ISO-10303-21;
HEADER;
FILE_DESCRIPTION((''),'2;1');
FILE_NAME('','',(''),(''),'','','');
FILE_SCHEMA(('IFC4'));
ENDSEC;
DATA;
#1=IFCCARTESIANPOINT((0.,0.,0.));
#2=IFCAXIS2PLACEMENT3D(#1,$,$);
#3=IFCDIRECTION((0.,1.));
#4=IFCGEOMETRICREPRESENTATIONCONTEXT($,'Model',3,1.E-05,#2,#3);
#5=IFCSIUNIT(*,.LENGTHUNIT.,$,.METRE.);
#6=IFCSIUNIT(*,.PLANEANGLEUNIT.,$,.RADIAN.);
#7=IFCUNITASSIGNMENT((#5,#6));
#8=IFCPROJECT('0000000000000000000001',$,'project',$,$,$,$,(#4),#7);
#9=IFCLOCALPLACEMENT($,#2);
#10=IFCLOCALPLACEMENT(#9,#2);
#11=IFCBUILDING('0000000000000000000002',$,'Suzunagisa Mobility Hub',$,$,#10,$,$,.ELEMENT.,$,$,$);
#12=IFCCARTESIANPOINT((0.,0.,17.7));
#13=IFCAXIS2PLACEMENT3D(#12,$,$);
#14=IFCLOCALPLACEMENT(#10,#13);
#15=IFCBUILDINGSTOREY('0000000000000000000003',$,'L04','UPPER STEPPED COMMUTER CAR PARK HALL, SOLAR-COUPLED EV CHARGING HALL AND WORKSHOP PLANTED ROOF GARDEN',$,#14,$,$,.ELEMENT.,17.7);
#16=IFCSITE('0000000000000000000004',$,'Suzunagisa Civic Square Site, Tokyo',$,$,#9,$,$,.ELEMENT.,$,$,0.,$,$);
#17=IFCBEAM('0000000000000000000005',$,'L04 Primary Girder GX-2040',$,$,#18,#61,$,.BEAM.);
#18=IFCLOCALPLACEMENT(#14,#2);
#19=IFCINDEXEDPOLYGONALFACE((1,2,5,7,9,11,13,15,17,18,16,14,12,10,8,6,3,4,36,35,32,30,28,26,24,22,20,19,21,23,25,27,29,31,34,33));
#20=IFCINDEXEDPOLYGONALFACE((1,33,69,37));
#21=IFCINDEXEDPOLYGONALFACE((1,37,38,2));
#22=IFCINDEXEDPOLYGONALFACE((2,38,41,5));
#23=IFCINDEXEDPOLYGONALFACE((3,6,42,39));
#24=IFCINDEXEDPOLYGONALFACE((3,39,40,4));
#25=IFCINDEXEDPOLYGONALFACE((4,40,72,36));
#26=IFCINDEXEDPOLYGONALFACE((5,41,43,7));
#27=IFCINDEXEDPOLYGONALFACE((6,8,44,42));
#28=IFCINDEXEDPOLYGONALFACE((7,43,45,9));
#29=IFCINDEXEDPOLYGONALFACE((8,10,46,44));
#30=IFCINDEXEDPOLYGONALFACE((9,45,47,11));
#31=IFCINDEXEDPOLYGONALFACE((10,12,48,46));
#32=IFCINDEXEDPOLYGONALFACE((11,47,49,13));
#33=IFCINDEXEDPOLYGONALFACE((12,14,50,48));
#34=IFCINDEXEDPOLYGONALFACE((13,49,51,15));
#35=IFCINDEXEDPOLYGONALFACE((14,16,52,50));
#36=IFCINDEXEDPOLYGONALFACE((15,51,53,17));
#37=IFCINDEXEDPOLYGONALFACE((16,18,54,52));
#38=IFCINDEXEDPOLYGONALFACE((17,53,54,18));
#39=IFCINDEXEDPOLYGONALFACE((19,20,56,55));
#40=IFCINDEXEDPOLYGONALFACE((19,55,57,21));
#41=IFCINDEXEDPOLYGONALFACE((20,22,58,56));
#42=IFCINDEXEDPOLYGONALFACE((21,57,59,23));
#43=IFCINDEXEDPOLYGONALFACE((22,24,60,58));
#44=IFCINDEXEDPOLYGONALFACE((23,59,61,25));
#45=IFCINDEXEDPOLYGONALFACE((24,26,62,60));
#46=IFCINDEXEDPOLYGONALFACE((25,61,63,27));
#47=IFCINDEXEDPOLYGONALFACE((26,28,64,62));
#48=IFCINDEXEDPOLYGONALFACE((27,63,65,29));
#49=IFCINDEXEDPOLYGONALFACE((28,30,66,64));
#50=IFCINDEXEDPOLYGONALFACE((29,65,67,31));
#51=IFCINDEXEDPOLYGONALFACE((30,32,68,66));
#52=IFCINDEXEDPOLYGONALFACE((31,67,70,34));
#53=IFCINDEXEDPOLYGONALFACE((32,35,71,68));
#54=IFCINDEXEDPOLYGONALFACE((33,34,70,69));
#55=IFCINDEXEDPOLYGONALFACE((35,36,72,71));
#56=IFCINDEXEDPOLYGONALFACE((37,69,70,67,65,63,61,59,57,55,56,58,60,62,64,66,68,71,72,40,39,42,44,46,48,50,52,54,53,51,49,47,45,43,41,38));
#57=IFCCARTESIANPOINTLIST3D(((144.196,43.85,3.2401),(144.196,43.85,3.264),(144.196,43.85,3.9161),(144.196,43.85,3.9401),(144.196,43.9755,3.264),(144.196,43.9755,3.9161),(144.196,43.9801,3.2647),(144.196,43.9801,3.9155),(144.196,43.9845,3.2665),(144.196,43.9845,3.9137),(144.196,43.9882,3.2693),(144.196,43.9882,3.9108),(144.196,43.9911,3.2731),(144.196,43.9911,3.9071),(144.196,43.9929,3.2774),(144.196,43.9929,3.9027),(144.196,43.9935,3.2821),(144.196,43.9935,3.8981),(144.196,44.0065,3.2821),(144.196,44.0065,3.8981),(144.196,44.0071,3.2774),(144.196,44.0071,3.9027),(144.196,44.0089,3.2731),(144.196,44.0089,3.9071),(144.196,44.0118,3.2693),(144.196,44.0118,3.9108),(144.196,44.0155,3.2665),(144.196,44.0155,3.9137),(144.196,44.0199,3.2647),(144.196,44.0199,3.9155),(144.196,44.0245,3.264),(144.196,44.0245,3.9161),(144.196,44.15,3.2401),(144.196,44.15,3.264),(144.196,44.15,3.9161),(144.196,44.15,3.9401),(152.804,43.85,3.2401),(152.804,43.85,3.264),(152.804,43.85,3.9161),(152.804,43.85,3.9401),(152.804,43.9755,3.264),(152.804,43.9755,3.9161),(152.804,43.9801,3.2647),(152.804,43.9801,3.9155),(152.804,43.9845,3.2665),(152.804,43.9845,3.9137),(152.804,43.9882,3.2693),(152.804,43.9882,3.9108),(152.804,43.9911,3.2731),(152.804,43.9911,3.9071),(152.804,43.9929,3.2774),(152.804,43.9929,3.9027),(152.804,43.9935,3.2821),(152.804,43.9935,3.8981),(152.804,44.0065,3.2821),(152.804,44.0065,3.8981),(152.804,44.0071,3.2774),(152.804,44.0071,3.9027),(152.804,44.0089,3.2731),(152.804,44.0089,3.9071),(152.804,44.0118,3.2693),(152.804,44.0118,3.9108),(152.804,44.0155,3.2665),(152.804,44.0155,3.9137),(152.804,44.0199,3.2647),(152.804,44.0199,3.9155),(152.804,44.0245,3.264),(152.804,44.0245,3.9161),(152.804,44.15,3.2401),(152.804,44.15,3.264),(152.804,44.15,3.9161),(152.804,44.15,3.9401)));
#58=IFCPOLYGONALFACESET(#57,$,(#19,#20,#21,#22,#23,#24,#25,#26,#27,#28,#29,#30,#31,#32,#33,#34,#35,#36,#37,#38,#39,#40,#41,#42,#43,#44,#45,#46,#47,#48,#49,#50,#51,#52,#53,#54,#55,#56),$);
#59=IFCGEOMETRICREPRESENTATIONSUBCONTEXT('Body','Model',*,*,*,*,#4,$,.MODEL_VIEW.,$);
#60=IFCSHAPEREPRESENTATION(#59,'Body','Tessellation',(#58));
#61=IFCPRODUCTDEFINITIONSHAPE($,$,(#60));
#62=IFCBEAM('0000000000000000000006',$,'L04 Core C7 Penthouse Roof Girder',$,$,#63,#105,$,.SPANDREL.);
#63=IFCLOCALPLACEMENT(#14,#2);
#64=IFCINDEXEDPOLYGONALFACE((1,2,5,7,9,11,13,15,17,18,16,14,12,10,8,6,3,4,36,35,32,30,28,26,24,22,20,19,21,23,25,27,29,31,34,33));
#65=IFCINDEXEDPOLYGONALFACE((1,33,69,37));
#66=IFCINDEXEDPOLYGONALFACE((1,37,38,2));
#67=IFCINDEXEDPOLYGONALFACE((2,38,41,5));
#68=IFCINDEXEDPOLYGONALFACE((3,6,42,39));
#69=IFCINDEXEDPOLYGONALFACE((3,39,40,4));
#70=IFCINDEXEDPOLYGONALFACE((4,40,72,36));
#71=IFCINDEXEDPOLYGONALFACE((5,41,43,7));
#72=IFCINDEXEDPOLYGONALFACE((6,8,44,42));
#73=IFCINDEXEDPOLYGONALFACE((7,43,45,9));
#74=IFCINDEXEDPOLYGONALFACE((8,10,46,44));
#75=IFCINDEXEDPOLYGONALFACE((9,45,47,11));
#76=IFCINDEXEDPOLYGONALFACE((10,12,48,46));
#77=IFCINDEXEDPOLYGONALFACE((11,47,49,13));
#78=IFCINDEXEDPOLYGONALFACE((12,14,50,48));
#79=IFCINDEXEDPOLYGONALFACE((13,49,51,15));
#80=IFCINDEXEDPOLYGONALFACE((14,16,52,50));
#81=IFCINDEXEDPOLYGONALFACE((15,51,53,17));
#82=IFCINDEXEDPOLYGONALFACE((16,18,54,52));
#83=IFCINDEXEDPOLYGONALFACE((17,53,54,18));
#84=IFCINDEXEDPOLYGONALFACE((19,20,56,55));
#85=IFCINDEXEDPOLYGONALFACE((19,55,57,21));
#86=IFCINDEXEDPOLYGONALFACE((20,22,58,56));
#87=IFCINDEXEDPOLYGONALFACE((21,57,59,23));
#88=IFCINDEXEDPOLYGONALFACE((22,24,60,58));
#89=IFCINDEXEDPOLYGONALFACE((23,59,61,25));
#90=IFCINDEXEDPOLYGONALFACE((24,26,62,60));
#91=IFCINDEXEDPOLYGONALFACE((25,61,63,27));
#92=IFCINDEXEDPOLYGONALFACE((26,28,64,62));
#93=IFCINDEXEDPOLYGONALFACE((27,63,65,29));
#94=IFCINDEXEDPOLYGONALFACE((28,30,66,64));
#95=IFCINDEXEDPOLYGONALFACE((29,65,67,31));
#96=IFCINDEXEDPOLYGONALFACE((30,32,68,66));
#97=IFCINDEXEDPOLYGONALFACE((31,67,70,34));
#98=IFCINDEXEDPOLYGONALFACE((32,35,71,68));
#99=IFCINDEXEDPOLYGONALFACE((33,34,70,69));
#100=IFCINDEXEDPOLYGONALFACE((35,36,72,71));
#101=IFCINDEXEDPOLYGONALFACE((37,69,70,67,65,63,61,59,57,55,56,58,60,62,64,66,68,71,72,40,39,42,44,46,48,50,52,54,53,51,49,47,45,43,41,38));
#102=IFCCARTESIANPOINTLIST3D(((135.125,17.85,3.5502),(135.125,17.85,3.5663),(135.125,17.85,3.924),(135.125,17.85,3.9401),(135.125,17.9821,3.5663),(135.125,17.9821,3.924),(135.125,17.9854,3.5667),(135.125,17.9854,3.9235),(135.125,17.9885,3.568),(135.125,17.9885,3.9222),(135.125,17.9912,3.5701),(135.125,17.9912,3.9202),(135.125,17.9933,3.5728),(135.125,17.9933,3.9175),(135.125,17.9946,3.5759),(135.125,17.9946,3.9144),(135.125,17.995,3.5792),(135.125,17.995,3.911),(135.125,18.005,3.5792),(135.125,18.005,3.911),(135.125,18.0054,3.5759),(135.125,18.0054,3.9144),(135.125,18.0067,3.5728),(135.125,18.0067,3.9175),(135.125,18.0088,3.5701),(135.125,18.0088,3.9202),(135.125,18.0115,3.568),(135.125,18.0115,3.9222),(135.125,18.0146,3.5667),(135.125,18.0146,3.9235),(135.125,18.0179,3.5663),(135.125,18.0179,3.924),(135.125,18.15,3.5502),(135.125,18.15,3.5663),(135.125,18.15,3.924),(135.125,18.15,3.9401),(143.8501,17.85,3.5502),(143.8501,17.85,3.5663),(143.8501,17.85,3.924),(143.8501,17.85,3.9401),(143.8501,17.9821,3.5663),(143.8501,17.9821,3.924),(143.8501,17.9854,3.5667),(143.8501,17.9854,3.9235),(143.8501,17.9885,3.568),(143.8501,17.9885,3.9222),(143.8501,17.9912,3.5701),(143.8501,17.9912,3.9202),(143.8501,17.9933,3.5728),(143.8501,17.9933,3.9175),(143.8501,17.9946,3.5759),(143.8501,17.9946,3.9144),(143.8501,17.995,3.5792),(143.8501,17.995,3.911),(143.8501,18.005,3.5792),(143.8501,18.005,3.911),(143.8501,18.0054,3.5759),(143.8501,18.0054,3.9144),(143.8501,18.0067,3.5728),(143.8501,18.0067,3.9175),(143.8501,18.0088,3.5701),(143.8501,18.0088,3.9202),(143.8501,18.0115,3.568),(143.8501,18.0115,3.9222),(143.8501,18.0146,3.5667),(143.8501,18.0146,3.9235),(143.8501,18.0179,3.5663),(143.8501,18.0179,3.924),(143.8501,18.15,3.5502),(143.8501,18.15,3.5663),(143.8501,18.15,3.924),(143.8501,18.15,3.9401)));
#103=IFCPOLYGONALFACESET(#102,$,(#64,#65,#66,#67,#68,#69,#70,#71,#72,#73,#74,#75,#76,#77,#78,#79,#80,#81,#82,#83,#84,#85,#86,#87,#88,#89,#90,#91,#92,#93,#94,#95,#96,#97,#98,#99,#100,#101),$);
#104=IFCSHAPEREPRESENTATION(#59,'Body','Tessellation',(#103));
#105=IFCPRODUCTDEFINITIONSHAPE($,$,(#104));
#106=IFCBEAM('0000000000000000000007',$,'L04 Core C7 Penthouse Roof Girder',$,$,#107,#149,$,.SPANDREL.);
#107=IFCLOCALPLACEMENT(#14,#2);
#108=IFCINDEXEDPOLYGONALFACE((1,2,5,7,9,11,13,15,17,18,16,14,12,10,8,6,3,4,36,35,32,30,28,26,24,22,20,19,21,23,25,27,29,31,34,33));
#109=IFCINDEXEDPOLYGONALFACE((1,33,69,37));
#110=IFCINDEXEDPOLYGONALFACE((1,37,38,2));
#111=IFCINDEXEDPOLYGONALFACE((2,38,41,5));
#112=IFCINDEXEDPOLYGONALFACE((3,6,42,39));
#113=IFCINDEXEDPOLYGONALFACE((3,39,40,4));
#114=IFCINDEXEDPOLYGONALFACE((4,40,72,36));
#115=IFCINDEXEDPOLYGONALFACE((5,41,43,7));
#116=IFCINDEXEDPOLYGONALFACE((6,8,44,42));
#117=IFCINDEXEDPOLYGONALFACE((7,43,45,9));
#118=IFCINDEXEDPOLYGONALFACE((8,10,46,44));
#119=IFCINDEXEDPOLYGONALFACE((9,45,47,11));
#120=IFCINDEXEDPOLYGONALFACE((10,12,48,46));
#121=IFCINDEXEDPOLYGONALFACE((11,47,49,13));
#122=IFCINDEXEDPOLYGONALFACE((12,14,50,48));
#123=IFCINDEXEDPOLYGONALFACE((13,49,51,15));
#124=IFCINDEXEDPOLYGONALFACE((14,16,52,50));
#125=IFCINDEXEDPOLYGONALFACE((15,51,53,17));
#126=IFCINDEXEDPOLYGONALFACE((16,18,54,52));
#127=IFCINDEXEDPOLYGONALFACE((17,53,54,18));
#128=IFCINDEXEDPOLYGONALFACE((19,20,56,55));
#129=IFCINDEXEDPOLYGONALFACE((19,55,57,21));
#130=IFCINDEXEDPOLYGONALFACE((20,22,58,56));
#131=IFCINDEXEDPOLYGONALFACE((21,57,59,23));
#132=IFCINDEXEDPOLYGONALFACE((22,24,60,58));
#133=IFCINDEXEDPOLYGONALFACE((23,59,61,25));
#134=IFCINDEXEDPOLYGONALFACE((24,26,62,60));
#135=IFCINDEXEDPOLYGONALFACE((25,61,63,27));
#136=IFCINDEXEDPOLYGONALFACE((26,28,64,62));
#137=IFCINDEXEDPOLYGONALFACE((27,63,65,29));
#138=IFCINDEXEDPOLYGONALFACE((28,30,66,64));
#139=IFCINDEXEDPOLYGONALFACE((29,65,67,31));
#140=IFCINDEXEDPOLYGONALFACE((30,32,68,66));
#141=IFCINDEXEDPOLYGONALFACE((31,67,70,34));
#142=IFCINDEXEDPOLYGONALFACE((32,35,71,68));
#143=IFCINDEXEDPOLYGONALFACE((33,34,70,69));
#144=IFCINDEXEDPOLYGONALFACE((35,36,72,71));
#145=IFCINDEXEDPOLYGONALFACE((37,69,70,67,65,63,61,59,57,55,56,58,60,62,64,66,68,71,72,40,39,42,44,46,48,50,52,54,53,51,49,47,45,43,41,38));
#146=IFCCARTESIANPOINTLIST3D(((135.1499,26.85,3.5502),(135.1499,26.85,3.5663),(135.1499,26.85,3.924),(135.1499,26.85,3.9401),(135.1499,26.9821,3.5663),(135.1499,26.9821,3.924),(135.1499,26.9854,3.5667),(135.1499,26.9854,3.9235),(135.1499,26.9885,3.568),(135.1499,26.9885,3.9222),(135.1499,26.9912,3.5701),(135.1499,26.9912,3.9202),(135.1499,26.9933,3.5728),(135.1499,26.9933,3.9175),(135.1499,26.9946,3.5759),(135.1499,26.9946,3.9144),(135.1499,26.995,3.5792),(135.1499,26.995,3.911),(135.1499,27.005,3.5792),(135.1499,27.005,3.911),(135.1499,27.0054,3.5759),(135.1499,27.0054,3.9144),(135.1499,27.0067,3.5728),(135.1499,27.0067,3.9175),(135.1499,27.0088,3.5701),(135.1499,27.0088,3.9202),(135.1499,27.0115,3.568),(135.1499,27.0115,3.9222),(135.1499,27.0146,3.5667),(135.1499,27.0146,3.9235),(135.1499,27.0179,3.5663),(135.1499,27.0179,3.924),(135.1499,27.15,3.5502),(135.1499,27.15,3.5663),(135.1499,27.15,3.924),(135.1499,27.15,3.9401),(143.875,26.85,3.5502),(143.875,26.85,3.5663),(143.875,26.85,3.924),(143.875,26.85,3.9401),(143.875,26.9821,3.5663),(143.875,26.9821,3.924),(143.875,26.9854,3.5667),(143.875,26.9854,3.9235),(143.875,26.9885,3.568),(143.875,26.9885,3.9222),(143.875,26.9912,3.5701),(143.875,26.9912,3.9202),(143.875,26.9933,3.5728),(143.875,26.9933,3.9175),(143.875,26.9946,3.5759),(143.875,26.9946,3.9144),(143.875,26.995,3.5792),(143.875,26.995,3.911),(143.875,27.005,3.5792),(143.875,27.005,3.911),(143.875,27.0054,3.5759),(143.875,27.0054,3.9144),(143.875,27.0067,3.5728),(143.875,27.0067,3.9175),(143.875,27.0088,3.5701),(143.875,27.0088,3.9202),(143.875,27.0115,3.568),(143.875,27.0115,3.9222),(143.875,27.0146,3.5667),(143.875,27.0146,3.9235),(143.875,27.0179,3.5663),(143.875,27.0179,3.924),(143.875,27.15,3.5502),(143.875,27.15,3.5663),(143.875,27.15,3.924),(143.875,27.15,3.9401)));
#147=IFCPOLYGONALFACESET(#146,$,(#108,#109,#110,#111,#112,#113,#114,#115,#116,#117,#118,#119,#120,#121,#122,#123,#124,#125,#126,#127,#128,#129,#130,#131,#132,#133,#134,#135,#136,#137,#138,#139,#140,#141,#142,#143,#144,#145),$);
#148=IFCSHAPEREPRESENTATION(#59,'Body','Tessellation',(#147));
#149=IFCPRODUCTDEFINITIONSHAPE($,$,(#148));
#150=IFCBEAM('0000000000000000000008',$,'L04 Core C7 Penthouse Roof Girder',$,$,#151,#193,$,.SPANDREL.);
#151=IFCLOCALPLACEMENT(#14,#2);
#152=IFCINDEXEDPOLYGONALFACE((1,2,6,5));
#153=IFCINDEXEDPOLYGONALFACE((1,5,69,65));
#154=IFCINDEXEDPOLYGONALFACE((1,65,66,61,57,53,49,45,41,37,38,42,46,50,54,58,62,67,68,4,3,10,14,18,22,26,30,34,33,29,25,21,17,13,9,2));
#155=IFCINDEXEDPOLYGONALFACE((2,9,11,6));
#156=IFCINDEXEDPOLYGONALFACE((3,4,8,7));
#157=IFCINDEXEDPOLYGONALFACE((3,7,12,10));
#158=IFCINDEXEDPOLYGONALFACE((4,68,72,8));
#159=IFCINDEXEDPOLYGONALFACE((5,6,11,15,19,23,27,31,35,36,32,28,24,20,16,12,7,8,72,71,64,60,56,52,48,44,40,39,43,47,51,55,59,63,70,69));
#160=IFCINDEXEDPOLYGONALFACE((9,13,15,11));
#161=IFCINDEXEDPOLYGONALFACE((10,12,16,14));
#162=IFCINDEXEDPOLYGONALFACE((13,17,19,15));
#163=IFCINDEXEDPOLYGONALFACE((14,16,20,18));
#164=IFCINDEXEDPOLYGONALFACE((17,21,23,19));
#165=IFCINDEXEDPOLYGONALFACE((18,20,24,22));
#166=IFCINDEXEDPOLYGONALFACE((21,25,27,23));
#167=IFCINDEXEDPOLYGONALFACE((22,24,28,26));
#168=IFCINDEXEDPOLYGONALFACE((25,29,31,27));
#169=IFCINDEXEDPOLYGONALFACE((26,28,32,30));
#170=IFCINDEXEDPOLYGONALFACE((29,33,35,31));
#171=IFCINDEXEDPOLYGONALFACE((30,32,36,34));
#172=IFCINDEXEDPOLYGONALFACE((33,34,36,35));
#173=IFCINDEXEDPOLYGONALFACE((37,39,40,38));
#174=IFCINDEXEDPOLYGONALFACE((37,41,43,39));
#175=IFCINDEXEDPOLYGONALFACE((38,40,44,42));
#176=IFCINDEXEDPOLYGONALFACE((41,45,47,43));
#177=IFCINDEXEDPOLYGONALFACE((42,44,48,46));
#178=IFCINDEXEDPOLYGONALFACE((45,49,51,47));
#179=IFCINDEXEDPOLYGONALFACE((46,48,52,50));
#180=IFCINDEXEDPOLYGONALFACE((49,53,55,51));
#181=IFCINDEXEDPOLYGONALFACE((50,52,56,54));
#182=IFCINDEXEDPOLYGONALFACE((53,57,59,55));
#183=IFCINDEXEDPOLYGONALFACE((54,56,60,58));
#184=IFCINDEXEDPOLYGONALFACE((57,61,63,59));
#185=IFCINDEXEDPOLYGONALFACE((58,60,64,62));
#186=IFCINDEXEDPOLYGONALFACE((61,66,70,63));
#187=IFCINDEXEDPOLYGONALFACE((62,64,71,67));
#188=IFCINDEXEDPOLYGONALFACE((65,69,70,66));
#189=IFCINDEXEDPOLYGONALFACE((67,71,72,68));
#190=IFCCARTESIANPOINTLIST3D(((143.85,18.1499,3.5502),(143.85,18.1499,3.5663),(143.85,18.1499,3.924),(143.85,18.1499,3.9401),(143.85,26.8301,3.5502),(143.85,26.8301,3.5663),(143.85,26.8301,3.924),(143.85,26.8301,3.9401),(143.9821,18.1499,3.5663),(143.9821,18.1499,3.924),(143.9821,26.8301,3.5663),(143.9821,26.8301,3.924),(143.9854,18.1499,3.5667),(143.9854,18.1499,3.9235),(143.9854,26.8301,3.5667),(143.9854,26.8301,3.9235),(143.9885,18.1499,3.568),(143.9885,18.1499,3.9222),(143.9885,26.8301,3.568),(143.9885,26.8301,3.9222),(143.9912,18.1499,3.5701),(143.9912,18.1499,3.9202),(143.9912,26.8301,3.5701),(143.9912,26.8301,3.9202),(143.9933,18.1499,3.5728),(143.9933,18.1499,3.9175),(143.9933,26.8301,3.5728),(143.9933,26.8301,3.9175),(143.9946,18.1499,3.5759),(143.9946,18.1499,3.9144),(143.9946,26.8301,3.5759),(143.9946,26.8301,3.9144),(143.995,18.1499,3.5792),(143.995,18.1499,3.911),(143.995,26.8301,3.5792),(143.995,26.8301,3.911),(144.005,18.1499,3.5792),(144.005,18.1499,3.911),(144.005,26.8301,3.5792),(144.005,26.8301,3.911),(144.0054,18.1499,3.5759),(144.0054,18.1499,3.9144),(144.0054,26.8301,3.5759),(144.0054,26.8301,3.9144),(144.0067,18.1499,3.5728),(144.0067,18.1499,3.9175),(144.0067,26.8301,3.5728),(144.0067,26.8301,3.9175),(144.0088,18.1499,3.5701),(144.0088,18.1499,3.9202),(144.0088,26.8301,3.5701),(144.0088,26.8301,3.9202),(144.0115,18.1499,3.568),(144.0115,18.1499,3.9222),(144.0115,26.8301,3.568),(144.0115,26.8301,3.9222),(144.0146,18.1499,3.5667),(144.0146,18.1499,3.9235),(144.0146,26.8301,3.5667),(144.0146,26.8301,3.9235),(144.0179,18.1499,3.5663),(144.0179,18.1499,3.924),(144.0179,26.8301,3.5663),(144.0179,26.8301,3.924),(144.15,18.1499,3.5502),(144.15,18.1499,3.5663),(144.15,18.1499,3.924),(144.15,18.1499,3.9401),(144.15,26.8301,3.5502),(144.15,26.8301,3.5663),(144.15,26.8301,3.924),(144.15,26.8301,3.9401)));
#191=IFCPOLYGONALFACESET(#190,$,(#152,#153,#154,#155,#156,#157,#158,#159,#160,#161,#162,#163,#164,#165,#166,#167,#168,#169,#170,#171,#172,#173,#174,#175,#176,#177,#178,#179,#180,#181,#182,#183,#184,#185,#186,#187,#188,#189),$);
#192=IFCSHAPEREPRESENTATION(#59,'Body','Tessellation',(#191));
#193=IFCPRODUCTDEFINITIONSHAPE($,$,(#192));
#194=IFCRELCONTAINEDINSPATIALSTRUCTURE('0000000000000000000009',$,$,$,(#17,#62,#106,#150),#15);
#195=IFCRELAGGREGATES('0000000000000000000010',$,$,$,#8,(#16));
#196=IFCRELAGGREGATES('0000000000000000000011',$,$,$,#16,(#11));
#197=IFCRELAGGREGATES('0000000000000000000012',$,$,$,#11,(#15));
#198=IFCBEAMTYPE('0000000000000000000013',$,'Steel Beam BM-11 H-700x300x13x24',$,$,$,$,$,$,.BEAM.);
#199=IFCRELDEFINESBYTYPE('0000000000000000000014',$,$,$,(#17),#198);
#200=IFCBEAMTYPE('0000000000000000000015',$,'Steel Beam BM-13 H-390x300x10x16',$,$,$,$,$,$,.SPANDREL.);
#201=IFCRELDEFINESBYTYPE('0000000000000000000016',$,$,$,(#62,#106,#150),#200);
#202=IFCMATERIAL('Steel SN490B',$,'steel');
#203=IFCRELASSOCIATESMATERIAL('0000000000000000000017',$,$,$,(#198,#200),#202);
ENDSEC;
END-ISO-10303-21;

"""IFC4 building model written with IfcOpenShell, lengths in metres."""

from ifc_helpers import new_model, si_unit, direction, frame, origin, origin_2d, place, context, subcontext, project, spatial, i_section, extrude, material, material_profile, profile_set, type_object, element, save


model = new_model("IFC4")

# Units and contexts
model_context = context("Model", 3, precision=1e-05, world=origin(), true_north=direction((0.0, 1.0)))
body_context = subcontext(model_context, "Body", "Model", "MODEL_VIEW")
ifc_project = project(units=[si_unit("LENGTHUNIT", "METRE"), si_unit("PLANEANGLEUNIT", "RADIAN")], contexts=[model_context])

# Site, building, storey
site_placement = place(None, origin())
site = spatial("IfcSite", under=ifc_project, at=site_placement, Name="Suzunagisa Civic Square Site, Tokyo", CompositionType="ELEMENT", RefElevation=0.0)
building_placement = place(site_placement, origin())
building = spatial("IfcBuilding", under=site, at=building_placement, Name="Suzunagisa Mobility Hub", CompositionType="ELEMENT")
storey_placement = place(building_placement, frame((0.0, 0.0, 17.7)))
storey = spatial("IfcBuildingStorey", under=building, at=storey_placement, Name="L04", Description="UPPER STEPPED COMMUTER CAR PARK HALL, SOLAR-COUPLED EV CHARGING HALL AND WORKSHOP PLANTED ROOF GARDEN", CompositionType="ELEMENT", Elevation=17.7)

# Shared definitions
ifc_material_1 = material(Name="Steel SN490B", Category="steel")

# Beams
ifc_material_profile_1 = material_profile(ifc_material_1, i_section(OverallWidth=0.3, OverallDepth=0.7, WebThickness=0.0129, FlangeThickness=0.0239, FilletRadius=0.0181, at=origin_2d()), Name="H-700x300x13x24")
ifc_profile_set_1 = profile_set([ifc_material_profile_1], Name="Steel SN490B")
beam_type_1 = type_object("IfcBeamType", Name="Steel Beam BM-11 H-700x300x13x24", PredefinedType="BEAM", material=ifc_profile_set_1)
beam_1_placement = place(storey_placement, frame((144.196, 44.0, 3.5901), z_axis=(1.0, 0.0, 0.0), x_axis=(0.0, 1.0, 0.0)))
element("IfcBeam", 1, at=beam_1_placement, inside=storey, type_object=beam_type_1, Name="L04 Primary Girder GX-2040", PredefinedType="BEAM", context=body_context, shape_type="SweptSolid", body=[
    extrude(i_section(OverallWidth=0.3, OverallDepth=0.7, WebThickness=0.0129, FlangeThickness=0.0239, FilletRadius=0.0181, at=origin_2d()), origin(), (0.0, 0.0, 1.0), 8.6079),
])
ifc_material_profile_2 = material_profile(ifc_material_1, i_section(OverallWidth=0.3, OverallDepth=0.3899, WebThickness=0.01, FlangeThickness=0.0161, FilletRadius=0.0129, at=origin_2d()), Name="H-390x300x10x16")
ifc_profile_set_2 = profile_set([ifc_material_profile_2], Name="Steel SN490B")
beam_type_2 = type_object("IfcBeamType", Name="Steel Beam BM-13 H-390x300x10x16", PredefinedType="SPANDREL", material=ifc_profile_set_2)
for number, where, z_axis, x_axis, name in (
    (2, (135.125, 18.0, 3.7451), (1.0, 0.0, 0.0), (0.0, 1.0, 0.0), "L04 Core C7 Penthouse Roof Girder"),
    (3, (135.1499, 27.0, 3.7451), (1.0, 0.0, 0.0), (0.0, 1.0, 0.0), "L04 Core C7 Penthouse Roof Girder"),
):
    element("IfcBeam", number, at=place(storey_placement, frame(where, z_axis=z_axis, x_axis=x_axis)), inside=storey, type_object=beam_type_2, Name=name, PredefinedType="SPANDREL", context=body_context, shape_type="SweptSolid", body=[
        extrude(i_section(OverallWidth=0.3, OverallDepth=0.3899, WebThickness=0.01, FlangeThickness=0.0161, FilletRadius=0.0129, at=origin_2d()), origin(), (0.0, 0.0, 1.0), 8.7251),
    ])
beam_2_placement = place(storey_placement, frame((144.0, 18.1499, 3.7451), z_axis=(0.0, 1.0, 0.0), x_axis=(-1.0, 0.0, 0.0)))
element("IfcBeam", 4, at=beam_2_placement, inside=storey, type_object=beam_type_2, Name="L04 Core C7 Penthouse Roof Girder", PredefinedType="SPANDREL", context=body_context, shape_type="SweptSolid", body=[
    extrude(i_section(OverallWidth=0.3, OverallDepth=0.3899, WebThickness=0.01, FlangeThickness=0.0161, FilletRadius=0.0129, at=origin_2d()), origin(), (0.0, 0.0, 1.0), 8.6802),
])

save(model, "model.ifc")
